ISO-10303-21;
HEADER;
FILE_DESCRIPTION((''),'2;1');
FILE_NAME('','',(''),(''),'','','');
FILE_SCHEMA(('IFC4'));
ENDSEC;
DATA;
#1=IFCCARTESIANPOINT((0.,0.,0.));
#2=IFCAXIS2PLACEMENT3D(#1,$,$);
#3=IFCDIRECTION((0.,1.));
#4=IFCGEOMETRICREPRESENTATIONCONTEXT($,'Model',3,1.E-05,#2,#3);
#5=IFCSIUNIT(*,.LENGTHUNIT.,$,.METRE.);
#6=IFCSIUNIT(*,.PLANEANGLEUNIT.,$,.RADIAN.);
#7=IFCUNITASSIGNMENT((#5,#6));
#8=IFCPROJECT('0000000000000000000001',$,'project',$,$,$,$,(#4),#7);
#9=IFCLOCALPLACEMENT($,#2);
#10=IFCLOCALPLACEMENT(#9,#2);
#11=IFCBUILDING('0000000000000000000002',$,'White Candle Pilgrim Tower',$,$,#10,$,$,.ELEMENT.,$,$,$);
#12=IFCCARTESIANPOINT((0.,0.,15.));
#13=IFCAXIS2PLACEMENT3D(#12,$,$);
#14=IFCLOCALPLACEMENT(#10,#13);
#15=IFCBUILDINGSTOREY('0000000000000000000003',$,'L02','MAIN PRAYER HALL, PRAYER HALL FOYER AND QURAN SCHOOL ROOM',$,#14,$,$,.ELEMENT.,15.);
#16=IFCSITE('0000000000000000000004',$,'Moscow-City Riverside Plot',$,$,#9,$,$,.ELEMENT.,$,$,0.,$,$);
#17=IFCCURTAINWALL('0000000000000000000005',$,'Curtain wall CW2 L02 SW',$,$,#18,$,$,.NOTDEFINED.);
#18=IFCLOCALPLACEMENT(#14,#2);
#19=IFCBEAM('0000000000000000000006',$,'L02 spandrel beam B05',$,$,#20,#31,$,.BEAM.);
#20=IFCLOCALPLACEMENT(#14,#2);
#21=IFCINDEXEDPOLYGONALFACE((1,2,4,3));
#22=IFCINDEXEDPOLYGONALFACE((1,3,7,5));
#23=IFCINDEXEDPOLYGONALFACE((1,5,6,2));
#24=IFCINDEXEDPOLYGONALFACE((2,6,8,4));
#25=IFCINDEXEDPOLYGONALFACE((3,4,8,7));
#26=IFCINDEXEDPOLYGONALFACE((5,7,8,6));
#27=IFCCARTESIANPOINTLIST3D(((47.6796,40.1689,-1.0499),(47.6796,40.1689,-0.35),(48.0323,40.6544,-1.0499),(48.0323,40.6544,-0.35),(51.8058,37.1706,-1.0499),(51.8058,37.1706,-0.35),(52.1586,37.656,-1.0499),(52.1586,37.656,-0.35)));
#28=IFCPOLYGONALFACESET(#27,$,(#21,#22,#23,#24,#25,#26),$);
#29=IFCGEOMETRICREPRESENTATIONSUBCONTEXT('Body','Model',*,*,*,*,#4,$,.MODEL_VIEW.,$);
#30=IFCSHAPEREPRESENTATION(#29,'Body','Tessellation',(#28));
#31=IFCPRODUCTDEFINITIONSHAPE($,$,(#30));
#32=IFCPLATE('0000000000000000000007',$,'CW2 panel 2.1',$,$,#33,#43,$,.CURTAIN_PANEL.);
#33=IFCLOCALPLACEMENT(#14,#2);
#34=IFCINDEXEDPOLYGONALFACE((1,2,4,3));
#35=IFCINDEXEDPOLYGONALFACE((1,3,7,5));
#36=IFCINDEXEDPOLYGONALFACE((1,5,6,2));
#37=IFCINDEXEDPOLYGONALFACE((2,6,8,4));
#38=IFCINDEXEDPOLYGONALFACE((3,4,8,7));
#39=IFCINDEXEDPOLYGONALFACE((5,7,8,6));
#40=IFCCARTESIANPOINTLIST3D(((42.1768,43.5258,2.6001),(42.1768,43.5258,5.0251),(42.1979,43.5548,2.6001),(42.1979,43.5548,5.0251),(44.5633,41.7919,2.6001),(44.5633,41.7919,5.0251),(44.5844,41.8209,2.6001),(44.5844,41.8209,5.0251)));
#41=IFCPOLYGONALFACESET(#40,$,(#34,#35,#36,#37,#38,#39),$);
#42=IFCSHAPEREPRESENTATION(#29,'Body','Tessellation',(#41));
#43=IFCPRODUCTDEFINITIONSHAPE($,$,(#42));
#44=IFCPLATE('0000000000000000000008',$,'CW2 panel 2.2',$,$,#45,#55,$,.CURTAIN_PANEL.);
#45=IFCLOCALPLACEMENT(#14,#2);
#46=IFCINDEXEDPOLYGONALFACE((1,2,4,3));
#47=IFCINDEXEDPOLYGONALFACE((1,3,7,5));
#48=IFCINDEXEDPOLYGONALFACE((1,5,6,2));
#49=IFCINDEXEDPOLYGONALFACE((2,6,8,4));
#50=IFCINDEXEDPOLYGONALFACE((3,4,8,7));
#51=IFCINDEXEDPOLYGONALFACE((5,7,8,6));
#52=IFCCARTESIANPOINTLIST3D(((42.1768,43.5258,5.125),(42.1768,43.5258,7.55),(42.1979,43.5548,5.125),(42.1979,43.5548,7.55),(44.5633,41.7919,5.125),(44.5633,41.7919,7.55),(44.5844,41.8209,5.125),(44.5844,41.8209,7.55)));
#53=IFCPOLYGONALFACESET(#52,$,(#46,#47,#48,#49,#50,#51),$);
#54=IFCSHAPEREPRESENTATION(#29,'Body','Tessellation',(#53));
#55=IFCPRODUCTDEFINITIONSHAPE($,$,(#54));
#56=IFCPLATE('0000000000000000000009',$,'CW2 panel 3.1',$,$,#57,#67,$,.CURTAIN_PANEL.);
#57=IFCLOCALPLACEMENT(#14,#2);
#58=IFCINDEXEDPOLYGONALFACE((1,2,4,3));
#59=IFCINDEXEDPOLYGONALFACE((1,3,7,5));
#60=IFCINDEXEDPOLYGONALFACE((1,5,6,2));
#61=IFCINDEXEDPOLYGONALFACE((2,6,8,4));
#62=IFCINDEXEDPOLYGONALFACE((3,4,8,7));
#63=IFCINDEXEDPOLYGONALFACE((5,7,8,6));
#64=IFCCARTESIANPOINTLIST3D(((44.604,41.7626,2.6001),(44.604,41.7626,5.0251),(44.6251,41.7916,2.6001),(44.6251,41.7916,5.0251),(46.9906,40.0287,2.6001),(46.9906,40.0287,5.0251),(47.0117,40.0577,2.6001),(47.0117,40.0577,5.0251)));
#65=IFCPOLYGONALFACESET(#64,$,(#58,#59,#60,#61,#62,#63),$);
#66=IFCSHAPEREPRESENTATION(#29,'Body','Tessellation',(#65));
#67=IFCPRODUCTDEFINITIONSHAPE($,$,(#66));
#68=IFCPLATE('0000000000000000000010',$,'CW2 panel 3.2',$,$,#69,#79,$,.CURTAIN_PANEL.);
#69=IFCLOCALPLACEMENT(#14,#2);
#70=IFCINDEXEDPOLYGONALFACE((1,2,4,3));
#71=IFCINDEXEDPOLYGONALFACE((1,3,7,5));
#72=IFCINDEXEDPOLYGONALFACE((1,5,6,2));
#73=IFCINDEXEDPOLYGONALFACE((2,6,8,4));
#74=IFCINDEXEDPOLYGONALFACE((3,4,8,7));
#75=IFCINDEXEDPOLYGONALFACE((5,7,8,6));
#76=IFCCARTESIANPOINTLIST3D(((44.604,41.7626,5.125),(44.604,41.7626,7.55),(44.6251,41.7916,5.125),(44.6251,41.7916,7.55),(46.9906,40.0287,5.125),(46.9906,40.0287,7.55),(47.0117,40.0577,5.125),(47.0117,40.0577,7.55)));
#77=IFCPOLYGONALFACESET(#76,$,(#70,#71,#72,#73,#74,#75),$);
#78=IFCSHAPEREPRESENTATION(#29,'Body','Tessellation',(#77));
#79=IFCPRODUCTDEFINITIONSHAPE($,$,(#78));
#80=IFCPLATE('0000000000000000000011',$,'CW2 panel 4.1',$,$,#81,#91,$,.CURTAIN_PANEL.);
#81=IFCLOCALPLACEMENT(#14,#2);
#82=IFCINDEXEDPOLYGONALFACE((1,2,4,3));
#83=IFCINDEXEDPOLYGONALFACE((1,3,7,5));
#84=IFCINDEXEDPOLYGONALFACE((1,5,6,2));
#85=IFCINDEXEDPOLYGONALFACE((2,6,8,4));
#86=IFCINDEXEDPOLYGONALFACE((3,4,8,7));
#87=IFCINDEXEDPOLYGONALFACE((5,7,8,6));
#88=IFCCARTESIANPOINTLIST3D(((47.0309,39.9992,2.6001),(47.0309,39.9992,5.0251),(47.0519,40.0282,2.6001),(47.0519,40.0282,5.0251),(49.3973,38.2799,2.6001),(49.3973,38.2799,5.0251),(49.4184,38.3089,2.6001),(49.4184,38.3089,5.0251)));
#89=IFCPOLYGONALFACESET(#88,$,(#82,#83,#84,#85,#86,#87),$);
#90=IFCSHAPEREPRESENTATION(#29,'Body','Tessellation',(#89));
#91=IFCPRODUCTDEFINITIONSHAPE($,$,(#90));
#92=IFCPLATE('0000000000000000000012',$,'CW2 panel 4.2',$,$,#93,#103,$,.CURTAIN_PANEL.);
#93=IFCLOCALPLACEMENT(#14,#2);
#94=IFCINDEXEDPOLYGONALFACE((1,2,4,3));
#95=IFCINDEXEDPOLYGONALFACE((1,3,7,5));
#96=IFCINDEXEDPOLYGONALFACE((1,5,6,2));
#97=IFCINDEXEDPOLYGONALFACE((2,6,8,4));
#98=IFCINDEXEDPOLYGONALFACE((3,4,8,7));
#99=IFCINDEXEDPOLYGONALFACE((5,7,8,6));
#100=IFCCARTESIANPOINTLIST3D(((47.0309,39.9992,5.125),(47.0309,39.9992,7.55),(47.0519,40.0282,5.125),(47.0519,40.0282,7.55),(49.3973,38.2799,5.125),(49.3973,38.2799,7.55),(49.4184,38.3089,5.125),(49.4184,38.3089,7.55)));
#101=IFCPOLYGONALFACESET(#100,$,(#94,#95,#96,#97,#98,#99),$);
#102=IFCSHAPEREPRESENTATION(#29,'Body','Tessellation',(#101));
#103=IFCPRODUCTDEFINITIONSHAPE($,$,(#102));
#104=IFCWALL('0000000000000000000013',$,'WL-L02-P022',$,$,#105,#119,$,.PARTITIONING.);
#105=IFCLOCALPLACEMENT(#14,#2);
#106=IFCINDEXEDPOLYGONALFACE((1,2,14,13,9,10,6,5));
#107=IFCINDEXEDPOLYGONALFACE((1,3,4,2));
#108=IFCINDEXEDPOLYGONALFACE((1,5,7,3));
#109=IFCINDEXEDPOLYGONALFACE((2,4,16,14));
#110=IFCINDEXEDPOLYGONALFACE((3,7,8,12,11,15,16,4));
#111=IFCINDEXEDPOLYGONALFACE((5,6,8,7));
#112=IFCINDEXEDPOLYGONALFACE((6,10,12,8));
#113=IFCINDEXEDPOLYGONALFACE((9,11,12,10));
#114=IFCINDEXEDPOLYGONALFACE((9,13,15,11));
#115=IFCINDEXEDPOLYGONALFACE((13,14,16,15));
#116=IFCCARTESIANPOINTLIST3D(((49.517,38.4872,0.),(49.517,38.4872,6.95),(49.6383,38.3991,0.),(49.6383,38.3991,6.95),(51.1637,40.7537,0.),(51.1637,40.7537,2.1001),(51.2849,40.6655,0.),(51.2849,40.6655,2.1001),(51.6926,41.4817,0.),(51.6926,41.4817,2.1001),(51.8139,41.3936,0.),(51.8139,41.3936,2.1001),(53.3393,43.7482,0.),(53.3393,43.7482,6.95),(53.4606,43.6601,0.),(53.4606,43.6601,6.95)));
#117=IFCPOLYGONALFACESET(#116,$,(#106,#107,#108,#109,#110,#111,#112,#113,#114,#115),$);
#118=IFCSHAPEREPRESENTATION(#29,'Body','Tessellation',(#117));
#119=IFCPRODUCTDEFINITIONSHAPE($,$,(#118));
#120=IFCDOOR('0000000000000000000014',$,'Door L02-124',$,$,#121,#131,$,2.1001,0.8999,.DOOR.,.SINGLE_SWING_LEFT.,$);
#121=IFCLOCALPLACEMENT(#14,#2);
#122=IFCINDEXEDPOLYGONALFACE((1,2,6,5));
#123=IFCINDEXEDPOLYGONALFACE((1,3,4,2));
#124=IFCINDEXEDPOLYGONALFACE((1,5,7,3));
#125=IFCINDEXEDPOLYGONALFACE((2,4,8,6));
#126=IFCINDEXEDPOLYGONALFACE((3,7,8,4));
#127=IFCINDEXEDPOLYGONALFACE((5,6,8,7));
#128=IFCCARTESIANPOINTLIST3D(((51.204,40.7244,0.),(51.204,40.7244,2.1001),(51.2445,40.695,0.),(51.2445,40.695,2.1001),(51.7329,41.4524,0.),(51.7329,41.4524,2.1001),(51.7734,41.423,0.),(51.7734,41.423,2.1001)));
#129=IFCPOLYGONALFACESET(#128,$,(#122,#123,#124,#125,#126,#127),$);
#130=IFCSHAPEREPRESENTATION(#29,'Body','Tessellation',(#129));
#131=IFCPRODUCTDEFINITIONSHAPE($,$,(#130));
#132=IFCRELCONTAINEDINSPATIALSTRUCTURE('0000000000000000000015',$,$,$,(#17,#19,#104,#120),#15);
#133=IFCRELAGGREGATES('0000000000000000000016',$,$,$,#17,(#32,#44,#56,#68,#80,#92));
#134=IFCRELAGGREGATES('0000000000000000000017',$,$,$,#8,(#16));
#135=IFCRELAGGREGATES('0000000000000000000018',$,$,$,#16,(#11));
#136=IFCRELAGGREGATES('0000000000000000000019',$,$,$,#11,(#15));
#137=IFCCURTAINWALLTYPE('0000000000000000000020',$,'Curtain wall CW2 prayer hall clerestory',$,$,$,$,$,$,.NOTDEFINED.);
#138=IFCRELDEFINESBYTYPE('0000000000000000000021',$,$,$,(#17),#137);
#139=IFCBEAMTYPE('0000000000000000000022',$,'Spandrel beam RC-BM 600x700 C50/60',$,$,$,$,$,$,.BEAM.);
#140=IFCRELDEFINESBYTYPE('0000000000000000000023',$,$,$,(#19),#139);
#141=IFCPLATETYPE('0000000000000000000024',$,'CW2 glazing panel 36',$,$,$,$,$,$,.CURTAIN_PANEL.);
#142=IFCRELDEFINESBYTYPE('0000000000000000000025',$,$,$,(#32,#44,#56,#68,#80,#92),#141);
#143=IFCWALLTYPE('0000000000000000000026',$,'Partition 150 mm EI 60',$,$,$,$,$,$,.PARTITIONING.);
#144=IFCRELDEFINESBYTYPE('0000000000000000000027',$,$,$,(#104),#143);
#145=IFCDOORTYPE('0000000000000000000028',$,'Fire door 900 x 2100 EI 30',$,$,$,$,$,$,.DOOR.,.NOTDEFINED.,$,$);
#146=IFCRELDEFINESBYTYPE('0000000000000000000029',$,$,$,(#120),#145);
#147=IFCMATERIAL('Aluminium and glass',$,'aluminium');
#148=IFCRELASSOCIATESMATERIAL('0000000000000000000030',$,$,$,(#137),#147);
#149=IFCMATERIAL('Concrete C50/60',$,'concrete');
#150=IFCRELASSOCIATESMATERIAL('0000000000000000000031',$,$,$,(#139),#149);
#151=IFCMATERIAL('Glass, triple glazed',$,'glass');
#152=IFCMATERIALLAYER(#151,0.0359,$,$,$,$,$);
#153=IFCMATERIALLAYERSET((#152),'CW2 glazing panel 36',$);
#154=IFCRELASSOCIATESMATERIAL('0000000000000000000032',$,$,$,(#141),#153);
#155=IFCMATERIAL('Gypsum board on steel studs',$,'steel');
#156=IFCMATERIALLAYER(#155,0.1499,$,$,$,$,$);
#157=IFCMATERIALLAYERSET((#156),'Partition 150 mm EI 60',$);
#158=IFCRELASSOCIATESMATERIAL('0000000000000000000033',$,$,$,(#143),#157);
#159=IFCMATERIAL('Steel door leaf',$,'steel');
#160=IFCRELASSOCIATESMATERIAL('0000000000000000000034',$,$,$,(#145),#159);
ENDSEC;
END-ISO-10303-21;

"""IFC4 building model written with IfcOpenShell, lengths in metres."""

from ifc_helpers import new_model, si_unit, direction, frame, frame_2d, origin, origin_2d, place, context, subcontext, project, spatial, rectangle, extrude, material, layer, layer_set, material_profile, profile_set, type_object, element, fill, aggregate, save


model = new_model("IFC4")

# Units and contexts
model_context = context("Model", 3, precision=1e-05, world=origin(), true_north=direction((0.0, 1.0)))
body_context = subcontext(model_context, "Body", "Model", "MODEL_VIEW")
ifc_project = project(units=[si_unit("LENGTHUNIT", "METRE"), si_unit("PLANEANGLEUNIT", "RADIAN")], contexts=[model_context])

# Site, building, storey
site_placement = place(None, origin())
site = spatial("IfcSite", under=ifc_project, at=site_placement, Name="Moscow-City Riverside Plot", CompositionType="ELEMENT", RefElevation=0.0)
building_placement = place(site_placement, origin())
building = spatial("IfcBuilding", under=site, at=building_placement, Name="White Candle Pilgrim Tower", CompositionType="ELEMENT")
storey_placement = place(building_placement, frame((0.0, 0.0, 15.0)))
storey = spatial("IfcBuildingStorey", under=building, at=storey_placement, Name="L02", Description="MAIN PRAYER HALL, PRAYER HALL FOYER AND QURAN SCHOOL ROOM", CompositionType="ELEMENT", Elevation=15.0)

# Curtain wall
ifc_material_1 = material(Name="Aluminium and glass", Category="aluminium")
curtain_wall_type = type_object("IfcCurtainWallType", Name="Curtain wall CW2 prayer hall clerestory", PredefinedType="NOTDEFINED", material=ifc_material_1)
curtain_wall_placement = place(storey_placement, origin())
curtain_wall = element("IfcCurtainWall", 1, at=curtain_wall_placement, inside=storey, type_object=curtain_wall_type, Name="Curtain wall CW2 L02 SW", PredefinedType="NOTDEFINED")

# Beam
ifc_material_2 = material(Name="Concrete C50/60", Category="concrete")
ifc_material_profile_1 = material_profile(ifc_material_2, rectangle(XDim=0.6001, YDim=0.7, at=origin_2d()), Name="RC-BM 600x700")
ifc_profile_set_1 = profile_set([ifc_material_profile_1], Name="Concrete C50/60")
beam_type = type_object("IfcBeamType", Name="Spandrel beam RC-BM 600x700 C50/60", PredefinedType="BEAM", material=ifc_profile_set_1)
beam_1_placement = place(storey_placement, frame((47.856, 40.4116, -0.7), z_axis=(0.808978, -0.587839, 0.0), x_axis=(0.587839, 0.808978, 0.0)))
element("IfcBeam", 2, at=beam_1_placement, inside=storey, type_object=beam_type, Name="L02 spandrel beam B05", PredefinedType="BEAM", context=body_context, shape_type="SweptSolid", body=[
    extrude(rectangle(XDim=0.6001, YDim=0.7, at=origin_2d()), origin(), (0.0, 0.0, 1.0), 5.1006),
])

# Plates
ifc_material_3 = material(Name="Glass, triple glazed", Category="glass")
ifc_layer_1 = layer(ifc_material_3, 0.0359)
ifc_layer_set_1 = layer_set([ifc_layer_1], Name="CW2 glazing panel 36")
plate_type = type_object("IfcPlateType", Name="CW2 glazing panel 36", PredefinedType="CURTAIN_PANEL", material=ifc_layer_set_1)
plate_1_placement = place(storey_placement, frame((43.3806, 42.6733, 2.6001), z_axis=(0.0, 0.0, 1.0), x_axis=(0.809017, -0.587785, 0.0)))
plate_1 = element("IfcPlate", 3, at=plate_1_placement, type_object=plate_type, Name="CW2 panel 2.1", PredefinedType="CURTAIN_PANEL", context=body_context, shape_type="SweptSolid", body=[
    extrude(rectangle(XDim=2.95, YDim=0.0359, at=origin_2d()), origin(), (0.0, 0.0, 1.0), 2.425),
])
plate_2_placement = place(storey_placement, frame((43.3806, 42.6733, 5.125), z_axis=(0.0, 0.0, 1.0), x_axis=(0.809017, -0.587785, 0.0)))
plate_2 = element("IfcPlate", 4, at=plate_2_placement, type_object=plate_type, Name="CW2 panel 2.2", PredefinedType="CURTAIN_PANEL", context=body_context, shape_type="SweptSolid", body=[
    extrude(rectangle(XDim=2.95, YDim=0.0359, at=origin_2d()), origin(), (0.0, 0.0, 1.0), 2.425),
])
plate_3_placement = place(storey_placement, frame((45.8079, 40.9102, 2.6001), z_axis=(0.0, 0.0, 1.0), x_axis=(0.809017, -0.587785, 0.0)))
plate_3 = element("IfcPlate", 5, at=plate_3_placement, type_object=plate_type, Name="CW2 panel 3.1", PredefinedType="CURTAIN_PANEL", context=body_context, shape_type="SweptSolid", body=[
    extrude(rectangle(XDim=2.95, YDim=0.0359, at=origin_2d()), origin(), (0.0, 0.0, 1.0), 2.425),
])
plate_4_placement = place(storey_placement, frame((45.8079, 40.9102, 5.125), z_axis=(0.0, 0.0, 1.0), x_axis=(0.809017, -0.587785, 0.0)))
plate_4 = element("IfcPlate", 6, at=plate_4_placement, type_object=plate_type, Name="CW2 panel 3.2", PredefinedType="CURTAIN_PANEL", context=body_context, shape_type="SweptSolid", body=[
    extrude(rectangle(XDim=2.95, YDim=0.0359, at=origin_2d()), origin(), (0.0, 0.0, 1.0), 2.425),
])
plate_5_placement = place(storey_placement, frame((48.2246, 39.1541, 2.6001), z_axis=(0.0, 0.0, 1.0), x_axis=(0.809017, -0.587785, 0.0)))
plate_5 = element("IfcPlate", 7, at=plate_5_placement, type_object=plate_type, Name="CW2 panel 4.1", PredefinedType="CURTAIN_PANEL", context=body_context, shape_type="SweptSolid", body=[
    extrude(rectangle(XDim=2.925, YDim=0.0359, at=origin_2d()), origin(), (0.0, 0.0, 1.0), 2.425),
])
plate_6_placement = place(storey_placement, frame((48.2246, 39.1541, 5.125), z_axis=(0.0, 0.0, 1.0), x_axis=(0.809017, -0.587785, 0.0)))
plate_6 = element("IfcPlate", 8, at=plate_6_placement, type_object=plate_type, Name="CW2 panel 4.2", PredefinedType="CURTAIN_PANEL", context=body_context, shape_type="SweptSolid", body=[
    extrude(rectangle(XDim=2.925, YDim=0.0359, at=origin_2d()), origin(), (0.0, 0.0, 1.0), 2.425),
])
aggregate(curtain_wall, [plate_1, plate_2, plate_3, plate_4, plate_5, plate_6])

# Wall, opening, door
ifc_material_4 = material(Name="Gypsum board on steel studs", Category="steel")
ifc_layer_2 = layer(ifc_material_4, 0.1499)
ifc_layer_set_2 = layer_set([ifc_layer_2], Name="Partition 150 mm EI 60")
wall_type_1 = type_object("IfcWallType", Name="Partition 150 mm EI 60", PredefinedType="PARTITIONING", material=ifc_layer_set_2)
wall_1_placement = place(storey_placement, frame((49.5776, 38.4431, 0.0), z_axis=(0.0, 0.0, 1.0), x_axis=(0.587779, 0.809022, 0.0)))
wall_1 = element("IfcWall", 9, at=wall_1_placement, inside=storey, type_object=wall_type_1, Name="WL-L02-P022", PredefinedType="PARTITIONING", context=body_context, shape_type="SweptSolid", body=[
    extrude(rectangle(XDim=6.5029, YDim=0.1499, at=frame_2d((3.2515, 0.0))), origin(), (0.0, 0.0, 1.0), 6.95),
])
opening_1_placement = place(wall_1_placement, frame((2.8015, 0.0, 0.0)))
opening_1 = element("IfcOpeningElement", 10, at=opening_1_placement, cuts=wall_1, PredefinedType="OPENING", context=body_context, shape_type="SweptSolid", body=[
    extrude(rectangle(XDim=0.8999, YDim=2.1001, at=frame_2d((0.45, 1.05))), frame((0.0, 0.085, 0.0), z_axis=(0.0, -1.0, 0.0), x_axis=(1.0, 0.0, 0.0)), (0.0, 0.0, 1.0), 0.1699),
])
ifc_material_5 = material(Name="Steel door leaf", Category="steel")
door_type_1 = type_object("IfcDoorType", Name="Fire door 900 x 2100 EI 30", OperationType="NOTDEFINED", PredefinedType="DOOR", material=ifc_material_5)
door_1_placement = place(opening_1_placement, frame((0.8999, 0.0, 0.0), z_axis=(0.0, 0.0, 1.0), x_axis=(-1.0, 0.0, 0.0)))
door_1 = element("IfcDoor", 11, at=door_1_placement, inside=storey, type_object=door_type_1, Name="Door L02-124", OperationType="SINGLE_SWING_LEFT", OverallHeight=2.1001, OverallWidth=0.8999, PredefinedType="DOOR", context=body_context, shape_type="SweptSolid", body=[
    extrude(rectangle(XDim=0.8999, YDim=2.1001, at=frame_2d((0.45, 1.05))), frame((0.0, 0.0249, 0.0), z_axis=(0.0, -1.0, 0.0), x_axis=(1.0, 0.0, 0.0)), (0.0, 0.0, 1.0), 0.05),
])
fill(opening_1, door_1)

save(model, "model.ifc")
